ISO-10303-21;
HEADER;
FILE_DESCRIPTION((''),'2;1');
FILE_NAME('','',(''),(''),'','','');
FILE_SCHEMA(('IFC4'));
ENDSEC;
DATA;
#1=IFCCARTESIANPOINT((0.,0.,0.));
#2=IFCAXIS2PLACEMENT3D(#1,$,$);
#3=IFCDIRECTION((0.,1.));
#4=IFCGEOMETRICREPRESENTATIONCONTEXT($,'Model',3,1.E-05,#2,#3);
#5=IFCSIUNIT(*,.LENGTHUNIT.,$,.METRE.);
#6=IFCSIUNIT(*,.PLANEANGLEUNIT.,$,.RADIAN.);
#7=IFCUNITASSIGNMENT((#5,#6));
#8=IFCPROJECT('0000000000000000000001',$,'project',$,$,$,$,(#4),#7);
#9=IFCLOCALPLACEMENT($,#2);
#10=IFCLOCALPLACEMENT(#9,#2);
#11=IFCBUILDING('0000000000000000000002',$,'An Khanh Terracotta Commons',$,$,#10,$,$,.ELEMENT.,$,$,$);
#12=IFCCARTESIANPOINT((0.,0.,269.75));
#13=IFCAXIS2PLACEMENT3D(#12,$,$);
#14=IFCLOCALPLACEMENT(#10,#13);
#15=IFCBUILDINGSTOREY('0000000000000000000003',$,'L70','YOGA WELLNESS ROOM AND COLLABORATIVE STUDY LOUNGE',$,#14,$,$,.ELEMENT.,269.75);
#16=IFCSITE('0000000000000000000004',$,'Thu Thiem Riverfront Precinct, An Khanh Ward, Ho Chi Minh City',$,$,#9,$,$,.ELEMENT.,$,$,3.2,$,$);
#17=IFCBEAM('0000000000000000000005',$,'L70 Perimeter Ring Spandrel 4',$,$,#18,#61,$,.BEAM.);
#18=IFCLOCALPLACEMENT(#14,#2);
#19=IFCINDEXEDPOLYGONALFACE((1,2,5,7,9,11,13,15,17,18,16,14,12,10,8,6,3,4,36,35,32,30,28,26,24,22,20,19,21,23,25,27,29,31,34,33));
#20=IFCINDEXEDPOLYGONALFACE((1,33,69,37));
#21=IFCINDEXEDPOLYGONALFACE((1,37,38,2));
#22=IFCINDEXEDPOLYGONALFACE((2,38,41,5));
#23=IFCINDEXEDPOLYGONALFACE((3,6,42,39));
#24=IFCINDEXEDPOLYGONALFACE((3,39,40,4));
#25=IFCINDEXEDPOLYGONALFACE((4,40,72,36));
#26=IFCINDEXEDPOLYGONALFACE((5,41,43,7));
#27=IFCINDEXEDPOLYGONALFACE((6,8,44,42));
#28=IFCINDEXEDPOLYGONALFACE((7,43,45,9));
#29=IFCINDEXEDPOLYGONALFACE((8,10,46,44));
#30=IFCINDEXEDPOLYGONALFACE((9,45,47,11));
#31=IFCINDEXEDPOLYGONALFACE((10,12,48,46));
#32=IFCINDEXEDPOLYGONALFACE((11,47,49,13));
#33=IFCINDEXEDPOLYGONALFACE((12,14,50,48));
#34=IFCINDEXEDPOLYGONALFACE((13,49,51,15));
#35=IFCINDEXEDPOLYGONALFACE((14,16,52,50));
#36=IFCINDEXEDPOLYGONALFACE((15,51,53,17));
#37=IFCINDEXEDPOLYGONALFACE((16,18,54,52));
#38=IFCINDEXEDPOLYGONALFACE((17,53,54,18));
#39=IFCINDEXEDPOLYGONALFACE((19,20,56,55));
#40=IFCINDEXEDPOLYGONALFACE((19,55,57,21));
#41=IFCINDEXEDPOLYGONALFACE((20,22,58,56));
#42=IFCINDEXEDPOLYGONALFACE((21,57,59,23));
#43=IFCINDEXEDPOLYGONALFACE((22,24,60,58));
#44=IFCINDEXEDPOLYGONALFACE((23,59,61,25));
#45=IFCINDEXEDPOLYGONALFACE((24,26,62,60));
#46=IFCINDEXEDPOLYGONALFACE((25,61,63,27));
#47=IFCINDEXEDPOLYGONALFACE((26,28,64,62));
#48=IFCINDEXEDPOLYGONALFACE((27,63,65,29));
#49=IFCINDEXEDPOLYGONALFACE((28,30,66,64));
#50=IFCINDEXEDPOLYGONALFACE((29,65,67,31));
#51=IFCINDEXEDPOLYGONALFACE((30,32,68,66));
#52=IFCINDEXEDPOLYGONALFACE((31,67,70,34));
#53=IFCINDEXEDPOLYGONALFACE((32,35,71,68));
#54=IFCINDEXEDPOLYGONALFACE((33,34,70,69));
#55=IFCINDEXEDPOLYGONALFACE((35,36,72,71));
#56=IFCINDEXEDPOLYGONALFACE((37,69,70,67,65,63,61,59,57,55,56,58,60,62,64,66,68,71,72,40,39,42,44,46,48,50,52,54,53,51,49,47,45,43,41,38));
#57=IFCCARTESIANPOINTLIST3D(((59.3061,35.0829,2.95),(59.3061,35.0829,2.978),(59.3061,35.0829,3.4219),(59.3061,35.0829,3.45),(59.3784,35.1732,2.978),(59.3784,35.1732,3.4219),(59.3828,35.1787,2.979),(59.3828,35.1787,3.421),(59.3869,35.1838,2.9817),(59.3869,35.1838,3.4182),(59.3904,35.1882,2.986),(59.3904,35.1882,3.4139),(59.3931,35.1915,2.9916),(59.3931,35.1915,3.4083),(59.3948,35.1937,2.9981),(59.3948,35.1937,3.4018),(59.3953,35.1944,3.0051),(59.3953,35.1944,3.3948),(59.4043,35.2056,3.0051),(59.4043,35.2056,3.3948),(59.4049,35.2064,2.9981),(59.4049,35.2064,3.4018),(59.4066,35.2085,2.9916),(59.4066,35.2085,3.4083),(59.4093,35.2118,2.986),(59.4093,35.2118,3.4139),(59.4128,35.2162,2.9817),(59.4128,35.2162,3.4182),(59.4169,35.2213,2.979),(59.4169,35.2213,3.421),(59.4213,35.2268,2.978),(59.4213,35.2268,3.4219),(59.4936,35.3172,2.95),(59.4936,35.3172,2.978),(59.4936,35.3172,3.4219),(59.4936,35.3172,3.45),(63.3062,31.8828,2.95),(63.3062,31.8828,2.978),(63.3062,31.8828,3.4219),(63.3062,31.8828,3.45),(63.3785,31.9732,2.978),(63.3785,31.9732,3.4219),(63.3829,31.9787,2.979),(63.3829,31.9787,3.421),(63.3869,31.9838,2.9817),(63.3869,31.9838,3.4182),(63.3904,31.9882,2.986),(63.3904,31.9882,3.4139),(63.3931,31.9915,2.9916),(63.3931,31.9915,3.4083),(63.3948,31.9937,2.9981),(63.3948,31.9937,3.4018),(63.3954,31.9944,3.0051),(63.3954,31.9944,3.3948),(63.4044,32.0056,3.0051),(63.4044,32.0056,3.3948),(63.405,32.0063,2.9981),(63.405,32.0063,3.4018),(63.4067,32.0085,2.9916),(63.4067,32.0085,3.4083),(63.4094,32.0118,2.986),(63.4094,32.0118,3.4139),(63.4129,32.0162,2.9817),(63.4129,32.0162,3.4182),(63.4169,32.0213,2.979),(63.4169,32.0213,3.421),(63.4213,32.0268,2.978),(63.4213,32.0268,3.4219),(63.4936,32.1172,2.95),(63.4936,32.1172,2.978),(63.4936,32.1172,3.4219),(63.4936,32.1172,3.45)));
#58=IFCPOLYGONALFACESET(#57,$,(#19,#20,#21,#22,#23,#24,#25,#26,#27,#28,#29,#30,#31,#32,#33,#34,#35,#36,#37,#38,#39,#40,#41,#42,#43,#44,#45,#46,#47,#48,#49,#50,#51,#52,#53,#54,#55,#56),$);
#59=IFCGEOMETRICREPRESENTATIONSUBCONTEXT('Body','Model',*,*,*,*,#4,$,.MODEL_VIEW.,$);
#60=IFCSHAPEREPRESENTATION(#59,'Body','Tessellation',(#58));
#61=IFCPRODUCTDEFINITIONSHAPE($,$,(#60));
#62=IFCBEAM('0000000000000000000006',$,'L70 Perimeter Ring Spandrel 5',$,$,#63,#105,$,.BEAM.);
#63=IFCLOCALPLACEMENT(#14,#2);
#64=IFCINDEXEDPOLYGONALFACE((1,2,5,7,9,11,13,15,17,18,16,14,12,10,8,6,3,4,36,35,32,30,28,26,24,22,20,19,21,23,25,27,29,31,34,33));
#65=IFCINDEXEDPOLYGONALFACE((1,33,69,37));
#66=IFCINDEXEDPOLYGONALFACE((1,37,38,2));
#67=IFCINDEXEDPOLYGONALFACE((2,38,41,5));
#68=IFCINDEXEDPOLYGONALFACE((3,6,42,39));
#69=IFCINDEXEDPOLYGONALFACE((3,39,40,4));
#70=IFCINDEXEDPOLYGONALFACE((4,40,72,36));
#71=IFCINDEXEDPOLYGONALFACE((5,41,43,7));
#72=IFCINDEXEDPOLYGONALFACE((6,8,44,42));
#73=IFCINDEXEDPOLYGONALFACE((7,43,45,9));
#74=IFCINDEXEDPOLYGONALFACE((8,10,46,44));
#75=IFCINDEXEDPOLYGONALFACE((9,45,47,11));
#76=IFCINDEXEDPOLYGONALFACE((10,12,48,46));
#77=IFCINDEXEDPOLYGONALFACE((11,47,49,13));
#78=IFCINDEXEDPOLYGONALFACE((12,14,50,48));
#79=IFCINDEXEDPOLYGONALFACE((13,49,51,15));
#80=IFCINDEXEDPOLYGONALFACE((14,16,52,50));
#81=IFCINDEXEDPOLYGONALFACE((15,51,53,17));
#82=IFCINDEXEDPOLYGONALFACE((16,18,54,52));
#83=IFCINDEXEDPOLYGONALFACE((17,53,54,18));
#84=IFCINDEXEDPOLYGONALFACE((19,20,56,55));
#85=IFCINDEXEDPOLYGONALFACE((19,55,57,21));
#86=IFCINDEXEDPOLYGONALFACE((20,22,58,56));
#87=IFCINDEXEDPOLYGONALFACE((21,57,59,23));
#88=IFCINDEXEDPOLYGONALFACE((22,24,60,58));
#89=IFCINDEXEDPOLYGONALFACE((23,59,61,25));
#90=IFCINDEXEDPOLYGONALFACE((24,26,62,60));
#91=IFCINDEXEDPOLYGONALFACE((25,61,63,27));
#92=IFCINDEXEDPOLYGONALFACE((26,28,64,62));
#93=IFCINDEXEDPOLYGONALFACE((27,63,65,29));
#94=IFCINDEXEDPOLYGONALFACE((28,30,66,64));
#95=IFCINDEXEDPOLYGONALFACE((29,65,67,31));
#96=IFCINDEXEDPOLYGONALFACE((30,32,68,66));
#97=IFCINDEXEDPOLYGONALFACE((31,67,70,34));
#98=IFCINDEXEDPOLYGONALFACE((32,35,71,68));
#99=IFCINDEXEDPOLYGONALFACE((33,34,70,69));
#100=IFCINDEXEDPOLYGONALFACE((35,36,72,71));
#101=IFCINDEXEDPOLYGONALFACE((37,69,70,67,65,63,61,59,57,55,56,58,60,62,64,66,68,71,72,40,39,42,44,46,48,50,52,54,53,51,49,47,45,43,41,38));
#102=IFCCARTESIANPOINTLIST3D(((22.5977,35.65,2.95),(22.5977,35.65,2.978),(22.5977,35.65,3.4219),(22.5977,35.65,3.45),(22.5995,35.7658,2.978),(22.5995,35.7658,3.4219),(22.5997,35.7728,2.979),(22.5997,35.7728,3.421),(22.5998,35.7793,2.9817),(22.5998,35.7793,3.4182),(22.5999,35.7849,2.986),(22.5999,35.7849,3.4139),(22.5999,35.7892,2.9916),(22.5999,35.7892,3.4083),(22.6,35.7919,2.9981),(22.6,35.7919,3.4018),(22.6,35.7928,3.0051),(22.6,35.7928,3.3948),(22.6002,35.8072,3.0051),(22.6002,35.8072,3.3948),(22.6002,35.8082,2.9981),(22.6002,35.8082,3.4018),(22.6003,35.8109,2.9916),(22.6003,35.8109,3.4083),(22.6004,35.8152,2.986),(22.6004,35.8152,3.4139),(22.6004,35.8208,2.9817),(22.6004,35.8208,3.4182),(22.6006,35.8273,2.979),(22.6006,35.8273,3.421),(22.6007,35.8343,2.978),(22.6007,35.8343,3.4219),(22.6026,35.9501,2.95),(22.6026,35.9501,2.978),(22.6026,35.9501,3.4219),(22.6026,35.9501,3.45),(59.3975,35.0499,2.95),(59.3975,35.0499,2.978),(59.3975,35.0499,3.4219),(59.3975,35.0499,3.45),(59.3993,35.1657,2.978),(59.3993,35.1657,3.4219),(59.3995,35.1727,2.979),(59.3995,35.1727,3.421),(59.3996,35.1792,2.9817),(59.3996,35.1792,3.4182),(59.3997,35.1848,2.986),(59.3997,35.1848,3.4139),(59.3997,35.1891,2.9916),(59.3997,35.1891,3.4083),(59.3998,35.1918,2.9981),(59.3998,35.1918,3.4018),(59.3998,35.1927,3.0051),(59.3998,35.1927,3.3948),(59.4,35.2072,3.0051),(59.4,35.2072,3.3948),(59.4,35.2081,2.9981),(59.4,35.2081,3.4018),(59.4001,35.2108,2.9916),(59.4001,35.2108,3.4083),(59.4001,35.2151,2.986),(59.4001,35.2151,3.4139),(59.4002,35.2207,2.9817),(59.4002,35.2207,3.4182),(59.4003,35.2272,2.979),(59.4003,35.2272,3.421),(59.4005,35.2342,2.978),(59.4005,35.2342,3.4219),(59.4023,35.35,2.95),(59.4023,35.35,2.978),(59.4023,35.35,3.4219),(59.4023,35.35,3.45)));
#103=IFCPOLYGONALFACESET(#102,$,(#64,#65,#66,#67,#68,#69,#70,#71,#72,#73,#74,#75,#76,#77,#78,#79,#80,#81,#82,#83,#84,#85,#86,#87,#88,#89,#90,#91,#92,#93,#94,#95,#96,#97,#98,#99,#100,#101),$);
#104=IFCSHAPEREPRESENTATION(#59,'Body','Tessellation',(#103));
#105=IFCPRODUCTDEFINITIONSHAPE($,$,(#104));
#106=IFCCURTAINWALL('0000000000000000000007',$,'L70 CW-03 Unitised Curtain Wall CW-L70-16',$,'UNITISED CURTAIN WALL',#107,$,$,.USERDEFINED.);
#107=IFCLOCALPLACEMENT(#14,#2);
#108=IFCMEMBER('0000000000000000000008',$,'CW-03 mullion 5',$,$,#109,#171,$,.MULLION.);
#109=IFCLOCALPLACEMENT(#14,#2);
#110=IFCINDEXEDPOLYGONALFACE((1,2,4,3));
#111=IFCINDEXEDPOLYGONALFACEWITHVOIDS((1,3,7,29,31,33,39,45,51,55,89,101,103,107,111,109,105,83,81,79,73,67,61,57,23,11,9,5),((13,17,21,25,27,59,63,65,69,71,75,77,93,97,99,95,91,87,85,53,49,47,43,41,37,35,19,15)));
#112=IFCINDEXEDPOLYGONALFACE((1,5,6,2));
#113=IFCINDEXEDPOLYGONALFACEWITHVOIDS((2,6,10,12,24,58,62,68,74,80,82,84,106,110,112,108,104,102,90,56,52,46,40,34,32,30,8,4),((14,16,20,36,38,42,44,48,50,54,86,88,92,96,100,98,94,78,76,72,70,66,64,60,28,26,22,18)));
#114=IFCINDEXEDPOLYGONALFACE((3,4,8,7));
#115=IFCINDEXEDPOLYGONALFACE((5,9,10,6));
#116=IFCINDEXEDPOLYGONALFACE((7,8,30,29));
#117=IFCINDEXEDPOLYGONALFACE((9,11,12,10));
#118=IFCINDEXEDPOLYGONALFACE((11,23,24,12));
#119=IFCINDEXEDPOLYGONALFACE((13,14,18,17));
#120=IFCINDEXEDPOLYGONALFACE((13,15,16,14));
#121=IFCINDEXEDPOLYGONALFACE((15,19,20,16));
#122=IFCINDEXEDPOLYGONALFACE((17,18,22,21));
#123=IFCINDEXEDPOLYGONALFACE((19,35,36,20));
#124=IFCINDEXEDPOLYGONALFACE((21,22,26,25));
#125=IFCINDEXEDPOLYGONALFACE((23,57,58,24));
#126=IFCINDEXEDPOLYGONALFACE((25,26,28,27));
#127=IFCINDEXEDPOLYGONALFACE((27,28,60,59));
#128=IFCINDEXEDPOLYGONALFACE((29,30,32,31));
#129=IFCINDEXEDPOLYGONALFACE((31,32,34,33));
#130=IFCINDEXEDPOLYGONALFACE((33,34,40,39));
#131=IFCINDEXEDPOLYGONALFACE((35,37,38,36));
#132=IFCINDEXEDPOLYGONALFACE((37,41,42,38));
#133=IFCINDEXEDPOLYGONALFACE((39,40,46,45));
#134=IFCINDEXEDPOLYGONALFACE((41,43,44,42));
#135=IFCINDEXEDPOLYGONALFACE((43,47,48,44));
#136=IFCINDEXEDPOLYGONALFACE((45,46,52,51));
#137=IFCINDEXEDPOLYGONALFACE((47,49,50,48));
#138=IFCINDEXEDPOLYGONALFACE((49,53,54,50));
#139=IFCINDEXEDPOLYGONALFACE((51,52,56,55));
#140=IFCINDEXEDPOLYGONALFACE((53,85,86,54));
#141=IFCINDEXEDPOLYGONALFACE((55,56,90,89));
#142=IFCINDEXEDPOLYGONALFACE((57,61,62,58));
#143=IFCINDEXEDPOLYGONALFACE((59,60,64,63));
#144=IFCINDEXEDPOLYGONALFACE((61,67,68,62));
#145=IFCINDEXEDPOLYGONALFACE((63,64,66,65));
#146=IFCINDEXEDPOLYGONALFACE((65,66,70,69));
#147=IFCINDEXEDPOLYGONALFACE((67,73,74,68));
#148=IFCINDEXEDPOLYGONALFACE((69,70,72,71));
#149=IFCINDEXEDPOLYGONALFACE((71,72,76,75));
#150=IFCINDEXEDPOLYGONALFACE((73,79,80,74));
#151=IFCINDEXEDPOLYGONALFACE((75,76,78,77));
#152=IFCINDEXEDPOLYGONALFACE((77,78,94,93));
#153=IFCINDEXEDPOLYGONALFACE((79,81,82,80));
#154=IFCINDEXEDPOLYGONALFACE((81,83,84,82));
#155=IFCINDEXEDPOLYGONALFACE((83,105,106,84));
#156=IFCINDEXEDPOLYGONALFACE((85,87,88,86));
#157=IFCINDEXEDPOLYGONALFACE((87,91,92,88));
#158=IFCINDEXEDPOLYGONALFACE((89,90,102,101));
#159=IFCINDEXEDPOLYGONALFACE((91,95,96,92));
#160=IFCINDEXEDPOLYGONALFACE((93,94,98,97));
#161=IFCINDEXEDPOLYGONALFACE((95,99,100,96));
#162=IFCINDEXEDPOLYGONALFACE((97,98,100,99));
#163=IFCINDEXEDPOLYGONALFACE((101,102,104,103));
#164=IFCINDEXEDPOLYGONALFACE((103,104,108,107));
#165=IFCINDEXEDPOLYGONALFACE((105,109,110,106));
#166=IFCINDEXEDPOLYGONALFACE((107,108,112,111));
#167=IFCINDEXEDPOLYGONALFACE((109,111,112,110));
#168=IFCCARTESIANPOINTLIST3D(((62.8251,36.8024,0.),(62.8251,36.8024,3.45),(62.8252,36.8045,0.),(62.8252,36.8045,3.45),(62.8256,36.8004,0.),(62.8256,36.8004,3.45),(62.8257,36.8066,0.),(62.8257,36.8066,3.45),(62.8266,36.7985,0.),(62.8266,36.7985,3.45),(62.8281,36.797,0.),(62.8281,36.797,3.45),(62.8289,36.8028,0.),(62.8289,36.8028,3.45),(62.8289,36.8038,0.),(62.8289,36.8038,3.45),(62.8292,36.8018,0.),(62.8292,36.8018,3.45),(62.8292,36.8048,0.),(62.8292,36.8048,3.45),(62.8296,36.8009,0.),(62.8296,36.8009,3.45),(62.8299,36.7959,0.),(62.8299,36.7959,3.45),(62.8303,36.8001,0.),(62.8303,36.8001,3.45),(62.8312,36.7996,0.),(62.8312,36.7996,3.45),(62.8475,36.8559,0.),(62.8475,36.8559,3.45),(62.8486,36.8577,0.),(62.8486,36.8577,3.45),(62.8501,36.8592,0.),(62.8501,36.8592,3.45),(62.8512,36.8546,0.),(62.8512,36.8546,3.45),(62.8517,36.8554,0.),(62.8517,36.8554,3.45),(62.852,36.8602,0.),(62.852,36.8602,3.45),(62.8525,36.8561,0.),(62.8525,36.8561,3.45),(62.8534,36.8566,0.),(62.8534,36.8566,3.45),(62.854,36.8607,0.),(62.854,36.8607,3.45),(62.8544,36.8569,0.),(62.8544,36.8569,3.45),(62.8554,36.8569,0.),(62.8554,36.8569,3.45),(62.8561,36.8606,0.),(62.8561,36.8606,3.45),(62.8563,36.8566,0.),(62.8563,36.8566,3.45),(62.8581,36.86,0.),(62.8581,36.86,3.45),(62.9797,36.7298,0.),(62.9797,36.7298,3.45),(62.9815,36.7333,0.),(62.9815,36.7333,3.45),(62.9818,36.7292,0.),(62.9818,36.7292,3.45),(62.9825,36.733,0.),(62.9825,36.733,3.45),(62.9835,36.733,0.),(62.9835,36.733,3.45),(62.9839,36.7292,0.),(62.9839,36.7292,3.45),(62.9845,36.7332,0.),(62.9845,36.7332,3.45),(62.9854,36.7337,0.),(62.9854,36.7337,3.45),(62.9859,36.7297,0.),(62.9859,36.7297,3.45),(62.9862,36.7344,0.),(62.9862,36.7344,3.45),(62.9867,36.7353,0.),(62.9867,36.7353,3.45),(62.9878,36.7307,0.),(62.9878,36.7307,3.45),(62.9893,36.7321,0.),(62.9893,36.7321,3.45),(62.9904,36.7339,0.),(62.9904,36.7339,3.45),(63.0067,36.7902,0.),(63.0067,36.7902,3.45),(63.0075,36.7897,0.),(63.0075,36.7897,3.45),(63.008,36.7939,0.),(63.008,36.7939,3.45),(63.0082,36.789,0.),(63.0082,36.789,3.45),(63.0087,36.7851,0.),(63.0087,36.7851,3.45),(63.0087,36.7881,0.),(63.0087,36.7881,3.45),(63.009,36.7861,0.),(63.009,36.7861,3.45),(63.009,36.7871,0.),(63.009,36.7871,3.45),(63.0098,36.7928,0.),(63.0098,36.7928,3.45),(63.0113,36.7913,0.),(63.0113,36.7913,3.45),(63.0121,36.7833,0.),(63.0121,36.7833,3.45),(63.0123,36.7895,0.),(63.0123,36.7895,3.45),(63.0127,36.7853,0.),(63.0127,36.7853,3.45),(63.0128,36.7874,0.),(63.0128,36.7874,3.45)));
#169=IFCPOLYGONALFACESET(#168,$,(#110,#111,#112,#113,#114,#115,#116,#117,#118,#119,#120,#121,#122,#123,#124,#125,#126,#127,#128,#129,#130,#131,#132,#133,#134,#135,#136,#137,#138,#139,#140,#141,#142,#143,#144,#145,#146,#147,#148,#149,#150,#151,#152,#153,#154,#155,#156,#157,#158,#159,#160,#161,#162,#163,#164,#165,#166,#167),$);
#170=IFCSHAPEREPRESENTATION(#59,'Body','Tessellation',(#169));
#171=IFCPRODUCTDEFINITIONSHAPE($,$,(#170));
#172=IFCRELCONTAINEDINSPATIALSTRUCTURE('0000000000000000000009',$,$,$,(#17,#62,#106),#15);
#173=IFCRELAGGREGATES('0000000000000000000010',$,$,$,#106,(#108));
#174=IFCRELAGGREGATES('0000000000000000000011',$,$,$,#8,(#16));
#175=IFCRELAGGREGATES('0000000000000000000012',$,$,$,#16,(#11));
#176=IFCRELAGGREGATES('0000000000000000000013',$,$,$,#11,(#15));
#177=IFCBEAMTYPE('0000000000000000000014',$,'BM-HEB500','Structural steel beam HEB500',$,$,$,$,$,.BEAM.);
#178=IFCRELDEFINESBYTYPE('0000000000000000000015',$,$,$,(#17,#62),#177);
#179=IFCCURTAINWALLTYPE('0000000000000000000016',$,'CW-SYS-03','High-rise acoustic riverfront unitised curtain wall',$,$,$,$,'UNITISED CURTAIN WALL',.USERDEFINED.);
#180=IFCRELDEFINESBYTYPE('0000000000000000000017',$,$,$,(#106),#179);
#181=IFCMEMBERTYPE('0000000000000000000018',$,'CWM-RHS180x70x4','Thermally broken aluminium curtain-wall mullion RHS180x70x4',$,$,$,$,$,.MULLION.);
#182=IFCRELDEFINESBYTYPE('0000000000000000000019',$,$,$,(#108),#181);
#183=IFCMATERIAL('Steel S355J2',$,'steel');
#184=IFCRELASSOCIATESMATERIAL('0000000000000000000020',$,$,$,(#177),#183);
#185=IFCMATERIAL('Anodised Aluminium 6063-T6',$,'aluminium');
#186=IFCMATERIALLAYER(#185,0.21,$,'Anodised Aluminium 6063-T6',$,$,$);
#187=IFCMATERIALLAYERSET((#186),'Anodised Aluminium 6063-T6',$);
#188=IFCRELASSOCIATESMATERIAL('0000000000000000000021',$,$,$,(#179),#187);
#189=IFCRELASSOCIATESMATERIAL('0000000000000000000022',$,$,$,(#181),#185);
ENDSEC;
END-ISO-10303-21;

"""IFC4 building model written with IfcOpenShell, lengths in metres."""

from ifc_helpers import new_model, si_unit, direction, frame, origin, origin_2d, place, context, subcontext, project, spatial, hollow_rectangle, i_section, extrude, material, layer, layer_set, material_profile, profile_set, type_object, element, aggregate, save


model = new_model("IFC4")

# Units and contexts
model_context = context("Model", 3, precision=1e-05, world=origin(), true_north=direction((0.0, 1.0)))
body_context = subcontext(model_context, "Body", "Model", "MODEL_VIEW")
ifc_project = project(units=[si_unit("LENGTHUNIT", "METRE"), si_unit("PLANEANGLEUNIT", "RADIAN")], contexts=[model_context])

# Site, building, storey
site_placement = place(None, origin())
site = spatial("IfcSite", under=ifc_project, at=site_placement, Name="Thu Thiem Riverfront Precinct, An Khanh Ward, Ho Chi Minh City", CompositionType="ELEMENT", RefElevation=3.2)
building_placement = place(site_placement, origin())
building = spatial("IfcBuilding", under=site, at=building_placement, Name="An Khanh Terracotta Commons", CompositionType="ELEMENT")
storey_placement = place(building_placement, frame((0.0, 0.0, 269.75)))
storey = spatial("IfcBuildingStorey", under=building, at=storey_placement, Name="L70", Description="YOGA WELLNESS ROOM AND COLLABORATIVE STUDY LOUNGE", CompositionType="ELEMENT", Elevation=269.75)

# Beams
ifc_material_1 = material(Name="Steel S355J2", Category="steel")
ifc_material_profile_1 = material_profile(ifc_material_1, i_section(OverallWidth=0.3, OverallDepth=0.5, WebThickness=0.0144, FlangeThickness=0.0281, FilletRadius=0.0271, at=origin_2d()), Name="HEB500")
ifc_profile_set_1 = profile_set([ifc_material_profile_1], Name="Steel S355J2")
beam_type_1 = type_object("IfcBeamType", Name="BM-HEB500", Description="Structural steel beam HEB500", PredefinedType="BEAM", material=ifc_profile_set_1)
beam_1_placement = place(storey_placement, frame((63.3999, 32.0, 3.2), z_axis=(-0.780873, 0.624689, 0.0), x_axis=(-0.624689, -0.780873, 0.0)))
element("IfcBeam", 1, at=beam_1_placement, inside=storey, type_object=beam_type_1, Name="L70 Perimeter Ring Spandrel 4", PredefinedType="BEAM", context=body_context, shape_type="SweptSolid", body=[
    extrude(i_section(OverallWidth=0.3, OverallDepth=0.5, WebThickness=0.0144, FlangeThickness=0.0281, FilletRadius=0.0271, at=origin_2d()), origin(), (0.0, 0.0, 1.0), 5.1226),
])
beam_2_placement = place(storey_placement, frame((59.3999, 35.2, 3.2), z_axis=(-0.999867, 0.016305, 0.0), x_axis=(-0.016305, -0.999867, 0.0)))
element("IfcBeam", 2, at=beam_2_placement, inside=storey, type_object=beam_type_1, Name="L70 Perimeter Ring Spandrel 5", PredefinedType="BEAM", context=body_context, shape_type="SweptSolid", body=[
    extrude(i_section(OverallWidth=0.3, OverallDepth=0.5, WebThickness=0.0144, FlangeThickness=0.0281, FilletRadius=0.0271, at=origin_2d()), origin(), (0.0, 0.0, 1.0), 36.8047),
])

# Curtain wall, member
ifc_material_2 = material(Name="Anodised Aluminium 6063-T6", Category="aluminium")
ifc_layer_1 = layer(ifc_material_2, 0.21, Name="Anodised Aluminium 6063-T6")
ifc_layer_set_1 = layer_set([ifc_layer_1], Name="Anodised Aluminium 6063-T6")
curtain_wall_type = type_object("IfcCurtainWallType", Name="CW-SYS-03", Description="High-rise acoustic riverfront unitised curtain wall", ElementType="UNITISED CURTAIN WALL", PredefinedType="USERDEFINED", material=ifc_layer_set_1)
curtain_wall_placement = place(storey_placement, origin())
curtain_wall = element("IfcCurtainWall", 3, at=curtain_wall_placement, inside=storey, type_object=curtain_wall_type, Name="L70 CW-03 Unitised Curtain Wall CW-L70-16", ObjectType="UNITISED CURTAIN WALL", PredefinedType="USERDEFINED")
ifc_material_profile_2 = material_profile(ifc_material_2, hollow_rectangle(XDim=0.0701, YDim=0.1799, WallThickness=0.0039, InnerFilletRadius=0.0039, OuterFilletRadius=0.0081, at=origin_2d()), Name="RHS180x70x4")
ifc_profile_set_2 = profile_set([ifc_material_profile_2], Name="Anodised Aluminium 6063-T6")
member_type_1 = type_object("IfcMemberType", Name="CWM-RHS180x70x4", Description="Thermally broken aluminium curtain-wall mullion RHS180x70x4", PredefinedType="MULLION", material=ifc_profile_set_2)
member_1_placement = place(storey_placement, frame((62.9189, 36.7949, 0.0), z_axis=(0.0, 0.0, 1.0), x_axis=(-0.403676, -0.914902, 0.0)))
member_1 = element("IfcMember", 4, at=member_1_placement, type_object=member_type_1, Name="CW-03 mullion 5", PredefinedType="MULLION", context=body_context, shape_type="SweptSolid", body=[
    extrude(hollow_rectangle(XDim=0.0701, YDim=0.1799, WallThickness=0.0039, InnerFilletRadius=0.0039, OuterFilletRadius=0.0081, at=origin_2d()), origin(), (0.0, 0.0, 1.0), 3.45),
])
aggregate(curtain_wall, [member_1])

save(model, "model.ifc")
